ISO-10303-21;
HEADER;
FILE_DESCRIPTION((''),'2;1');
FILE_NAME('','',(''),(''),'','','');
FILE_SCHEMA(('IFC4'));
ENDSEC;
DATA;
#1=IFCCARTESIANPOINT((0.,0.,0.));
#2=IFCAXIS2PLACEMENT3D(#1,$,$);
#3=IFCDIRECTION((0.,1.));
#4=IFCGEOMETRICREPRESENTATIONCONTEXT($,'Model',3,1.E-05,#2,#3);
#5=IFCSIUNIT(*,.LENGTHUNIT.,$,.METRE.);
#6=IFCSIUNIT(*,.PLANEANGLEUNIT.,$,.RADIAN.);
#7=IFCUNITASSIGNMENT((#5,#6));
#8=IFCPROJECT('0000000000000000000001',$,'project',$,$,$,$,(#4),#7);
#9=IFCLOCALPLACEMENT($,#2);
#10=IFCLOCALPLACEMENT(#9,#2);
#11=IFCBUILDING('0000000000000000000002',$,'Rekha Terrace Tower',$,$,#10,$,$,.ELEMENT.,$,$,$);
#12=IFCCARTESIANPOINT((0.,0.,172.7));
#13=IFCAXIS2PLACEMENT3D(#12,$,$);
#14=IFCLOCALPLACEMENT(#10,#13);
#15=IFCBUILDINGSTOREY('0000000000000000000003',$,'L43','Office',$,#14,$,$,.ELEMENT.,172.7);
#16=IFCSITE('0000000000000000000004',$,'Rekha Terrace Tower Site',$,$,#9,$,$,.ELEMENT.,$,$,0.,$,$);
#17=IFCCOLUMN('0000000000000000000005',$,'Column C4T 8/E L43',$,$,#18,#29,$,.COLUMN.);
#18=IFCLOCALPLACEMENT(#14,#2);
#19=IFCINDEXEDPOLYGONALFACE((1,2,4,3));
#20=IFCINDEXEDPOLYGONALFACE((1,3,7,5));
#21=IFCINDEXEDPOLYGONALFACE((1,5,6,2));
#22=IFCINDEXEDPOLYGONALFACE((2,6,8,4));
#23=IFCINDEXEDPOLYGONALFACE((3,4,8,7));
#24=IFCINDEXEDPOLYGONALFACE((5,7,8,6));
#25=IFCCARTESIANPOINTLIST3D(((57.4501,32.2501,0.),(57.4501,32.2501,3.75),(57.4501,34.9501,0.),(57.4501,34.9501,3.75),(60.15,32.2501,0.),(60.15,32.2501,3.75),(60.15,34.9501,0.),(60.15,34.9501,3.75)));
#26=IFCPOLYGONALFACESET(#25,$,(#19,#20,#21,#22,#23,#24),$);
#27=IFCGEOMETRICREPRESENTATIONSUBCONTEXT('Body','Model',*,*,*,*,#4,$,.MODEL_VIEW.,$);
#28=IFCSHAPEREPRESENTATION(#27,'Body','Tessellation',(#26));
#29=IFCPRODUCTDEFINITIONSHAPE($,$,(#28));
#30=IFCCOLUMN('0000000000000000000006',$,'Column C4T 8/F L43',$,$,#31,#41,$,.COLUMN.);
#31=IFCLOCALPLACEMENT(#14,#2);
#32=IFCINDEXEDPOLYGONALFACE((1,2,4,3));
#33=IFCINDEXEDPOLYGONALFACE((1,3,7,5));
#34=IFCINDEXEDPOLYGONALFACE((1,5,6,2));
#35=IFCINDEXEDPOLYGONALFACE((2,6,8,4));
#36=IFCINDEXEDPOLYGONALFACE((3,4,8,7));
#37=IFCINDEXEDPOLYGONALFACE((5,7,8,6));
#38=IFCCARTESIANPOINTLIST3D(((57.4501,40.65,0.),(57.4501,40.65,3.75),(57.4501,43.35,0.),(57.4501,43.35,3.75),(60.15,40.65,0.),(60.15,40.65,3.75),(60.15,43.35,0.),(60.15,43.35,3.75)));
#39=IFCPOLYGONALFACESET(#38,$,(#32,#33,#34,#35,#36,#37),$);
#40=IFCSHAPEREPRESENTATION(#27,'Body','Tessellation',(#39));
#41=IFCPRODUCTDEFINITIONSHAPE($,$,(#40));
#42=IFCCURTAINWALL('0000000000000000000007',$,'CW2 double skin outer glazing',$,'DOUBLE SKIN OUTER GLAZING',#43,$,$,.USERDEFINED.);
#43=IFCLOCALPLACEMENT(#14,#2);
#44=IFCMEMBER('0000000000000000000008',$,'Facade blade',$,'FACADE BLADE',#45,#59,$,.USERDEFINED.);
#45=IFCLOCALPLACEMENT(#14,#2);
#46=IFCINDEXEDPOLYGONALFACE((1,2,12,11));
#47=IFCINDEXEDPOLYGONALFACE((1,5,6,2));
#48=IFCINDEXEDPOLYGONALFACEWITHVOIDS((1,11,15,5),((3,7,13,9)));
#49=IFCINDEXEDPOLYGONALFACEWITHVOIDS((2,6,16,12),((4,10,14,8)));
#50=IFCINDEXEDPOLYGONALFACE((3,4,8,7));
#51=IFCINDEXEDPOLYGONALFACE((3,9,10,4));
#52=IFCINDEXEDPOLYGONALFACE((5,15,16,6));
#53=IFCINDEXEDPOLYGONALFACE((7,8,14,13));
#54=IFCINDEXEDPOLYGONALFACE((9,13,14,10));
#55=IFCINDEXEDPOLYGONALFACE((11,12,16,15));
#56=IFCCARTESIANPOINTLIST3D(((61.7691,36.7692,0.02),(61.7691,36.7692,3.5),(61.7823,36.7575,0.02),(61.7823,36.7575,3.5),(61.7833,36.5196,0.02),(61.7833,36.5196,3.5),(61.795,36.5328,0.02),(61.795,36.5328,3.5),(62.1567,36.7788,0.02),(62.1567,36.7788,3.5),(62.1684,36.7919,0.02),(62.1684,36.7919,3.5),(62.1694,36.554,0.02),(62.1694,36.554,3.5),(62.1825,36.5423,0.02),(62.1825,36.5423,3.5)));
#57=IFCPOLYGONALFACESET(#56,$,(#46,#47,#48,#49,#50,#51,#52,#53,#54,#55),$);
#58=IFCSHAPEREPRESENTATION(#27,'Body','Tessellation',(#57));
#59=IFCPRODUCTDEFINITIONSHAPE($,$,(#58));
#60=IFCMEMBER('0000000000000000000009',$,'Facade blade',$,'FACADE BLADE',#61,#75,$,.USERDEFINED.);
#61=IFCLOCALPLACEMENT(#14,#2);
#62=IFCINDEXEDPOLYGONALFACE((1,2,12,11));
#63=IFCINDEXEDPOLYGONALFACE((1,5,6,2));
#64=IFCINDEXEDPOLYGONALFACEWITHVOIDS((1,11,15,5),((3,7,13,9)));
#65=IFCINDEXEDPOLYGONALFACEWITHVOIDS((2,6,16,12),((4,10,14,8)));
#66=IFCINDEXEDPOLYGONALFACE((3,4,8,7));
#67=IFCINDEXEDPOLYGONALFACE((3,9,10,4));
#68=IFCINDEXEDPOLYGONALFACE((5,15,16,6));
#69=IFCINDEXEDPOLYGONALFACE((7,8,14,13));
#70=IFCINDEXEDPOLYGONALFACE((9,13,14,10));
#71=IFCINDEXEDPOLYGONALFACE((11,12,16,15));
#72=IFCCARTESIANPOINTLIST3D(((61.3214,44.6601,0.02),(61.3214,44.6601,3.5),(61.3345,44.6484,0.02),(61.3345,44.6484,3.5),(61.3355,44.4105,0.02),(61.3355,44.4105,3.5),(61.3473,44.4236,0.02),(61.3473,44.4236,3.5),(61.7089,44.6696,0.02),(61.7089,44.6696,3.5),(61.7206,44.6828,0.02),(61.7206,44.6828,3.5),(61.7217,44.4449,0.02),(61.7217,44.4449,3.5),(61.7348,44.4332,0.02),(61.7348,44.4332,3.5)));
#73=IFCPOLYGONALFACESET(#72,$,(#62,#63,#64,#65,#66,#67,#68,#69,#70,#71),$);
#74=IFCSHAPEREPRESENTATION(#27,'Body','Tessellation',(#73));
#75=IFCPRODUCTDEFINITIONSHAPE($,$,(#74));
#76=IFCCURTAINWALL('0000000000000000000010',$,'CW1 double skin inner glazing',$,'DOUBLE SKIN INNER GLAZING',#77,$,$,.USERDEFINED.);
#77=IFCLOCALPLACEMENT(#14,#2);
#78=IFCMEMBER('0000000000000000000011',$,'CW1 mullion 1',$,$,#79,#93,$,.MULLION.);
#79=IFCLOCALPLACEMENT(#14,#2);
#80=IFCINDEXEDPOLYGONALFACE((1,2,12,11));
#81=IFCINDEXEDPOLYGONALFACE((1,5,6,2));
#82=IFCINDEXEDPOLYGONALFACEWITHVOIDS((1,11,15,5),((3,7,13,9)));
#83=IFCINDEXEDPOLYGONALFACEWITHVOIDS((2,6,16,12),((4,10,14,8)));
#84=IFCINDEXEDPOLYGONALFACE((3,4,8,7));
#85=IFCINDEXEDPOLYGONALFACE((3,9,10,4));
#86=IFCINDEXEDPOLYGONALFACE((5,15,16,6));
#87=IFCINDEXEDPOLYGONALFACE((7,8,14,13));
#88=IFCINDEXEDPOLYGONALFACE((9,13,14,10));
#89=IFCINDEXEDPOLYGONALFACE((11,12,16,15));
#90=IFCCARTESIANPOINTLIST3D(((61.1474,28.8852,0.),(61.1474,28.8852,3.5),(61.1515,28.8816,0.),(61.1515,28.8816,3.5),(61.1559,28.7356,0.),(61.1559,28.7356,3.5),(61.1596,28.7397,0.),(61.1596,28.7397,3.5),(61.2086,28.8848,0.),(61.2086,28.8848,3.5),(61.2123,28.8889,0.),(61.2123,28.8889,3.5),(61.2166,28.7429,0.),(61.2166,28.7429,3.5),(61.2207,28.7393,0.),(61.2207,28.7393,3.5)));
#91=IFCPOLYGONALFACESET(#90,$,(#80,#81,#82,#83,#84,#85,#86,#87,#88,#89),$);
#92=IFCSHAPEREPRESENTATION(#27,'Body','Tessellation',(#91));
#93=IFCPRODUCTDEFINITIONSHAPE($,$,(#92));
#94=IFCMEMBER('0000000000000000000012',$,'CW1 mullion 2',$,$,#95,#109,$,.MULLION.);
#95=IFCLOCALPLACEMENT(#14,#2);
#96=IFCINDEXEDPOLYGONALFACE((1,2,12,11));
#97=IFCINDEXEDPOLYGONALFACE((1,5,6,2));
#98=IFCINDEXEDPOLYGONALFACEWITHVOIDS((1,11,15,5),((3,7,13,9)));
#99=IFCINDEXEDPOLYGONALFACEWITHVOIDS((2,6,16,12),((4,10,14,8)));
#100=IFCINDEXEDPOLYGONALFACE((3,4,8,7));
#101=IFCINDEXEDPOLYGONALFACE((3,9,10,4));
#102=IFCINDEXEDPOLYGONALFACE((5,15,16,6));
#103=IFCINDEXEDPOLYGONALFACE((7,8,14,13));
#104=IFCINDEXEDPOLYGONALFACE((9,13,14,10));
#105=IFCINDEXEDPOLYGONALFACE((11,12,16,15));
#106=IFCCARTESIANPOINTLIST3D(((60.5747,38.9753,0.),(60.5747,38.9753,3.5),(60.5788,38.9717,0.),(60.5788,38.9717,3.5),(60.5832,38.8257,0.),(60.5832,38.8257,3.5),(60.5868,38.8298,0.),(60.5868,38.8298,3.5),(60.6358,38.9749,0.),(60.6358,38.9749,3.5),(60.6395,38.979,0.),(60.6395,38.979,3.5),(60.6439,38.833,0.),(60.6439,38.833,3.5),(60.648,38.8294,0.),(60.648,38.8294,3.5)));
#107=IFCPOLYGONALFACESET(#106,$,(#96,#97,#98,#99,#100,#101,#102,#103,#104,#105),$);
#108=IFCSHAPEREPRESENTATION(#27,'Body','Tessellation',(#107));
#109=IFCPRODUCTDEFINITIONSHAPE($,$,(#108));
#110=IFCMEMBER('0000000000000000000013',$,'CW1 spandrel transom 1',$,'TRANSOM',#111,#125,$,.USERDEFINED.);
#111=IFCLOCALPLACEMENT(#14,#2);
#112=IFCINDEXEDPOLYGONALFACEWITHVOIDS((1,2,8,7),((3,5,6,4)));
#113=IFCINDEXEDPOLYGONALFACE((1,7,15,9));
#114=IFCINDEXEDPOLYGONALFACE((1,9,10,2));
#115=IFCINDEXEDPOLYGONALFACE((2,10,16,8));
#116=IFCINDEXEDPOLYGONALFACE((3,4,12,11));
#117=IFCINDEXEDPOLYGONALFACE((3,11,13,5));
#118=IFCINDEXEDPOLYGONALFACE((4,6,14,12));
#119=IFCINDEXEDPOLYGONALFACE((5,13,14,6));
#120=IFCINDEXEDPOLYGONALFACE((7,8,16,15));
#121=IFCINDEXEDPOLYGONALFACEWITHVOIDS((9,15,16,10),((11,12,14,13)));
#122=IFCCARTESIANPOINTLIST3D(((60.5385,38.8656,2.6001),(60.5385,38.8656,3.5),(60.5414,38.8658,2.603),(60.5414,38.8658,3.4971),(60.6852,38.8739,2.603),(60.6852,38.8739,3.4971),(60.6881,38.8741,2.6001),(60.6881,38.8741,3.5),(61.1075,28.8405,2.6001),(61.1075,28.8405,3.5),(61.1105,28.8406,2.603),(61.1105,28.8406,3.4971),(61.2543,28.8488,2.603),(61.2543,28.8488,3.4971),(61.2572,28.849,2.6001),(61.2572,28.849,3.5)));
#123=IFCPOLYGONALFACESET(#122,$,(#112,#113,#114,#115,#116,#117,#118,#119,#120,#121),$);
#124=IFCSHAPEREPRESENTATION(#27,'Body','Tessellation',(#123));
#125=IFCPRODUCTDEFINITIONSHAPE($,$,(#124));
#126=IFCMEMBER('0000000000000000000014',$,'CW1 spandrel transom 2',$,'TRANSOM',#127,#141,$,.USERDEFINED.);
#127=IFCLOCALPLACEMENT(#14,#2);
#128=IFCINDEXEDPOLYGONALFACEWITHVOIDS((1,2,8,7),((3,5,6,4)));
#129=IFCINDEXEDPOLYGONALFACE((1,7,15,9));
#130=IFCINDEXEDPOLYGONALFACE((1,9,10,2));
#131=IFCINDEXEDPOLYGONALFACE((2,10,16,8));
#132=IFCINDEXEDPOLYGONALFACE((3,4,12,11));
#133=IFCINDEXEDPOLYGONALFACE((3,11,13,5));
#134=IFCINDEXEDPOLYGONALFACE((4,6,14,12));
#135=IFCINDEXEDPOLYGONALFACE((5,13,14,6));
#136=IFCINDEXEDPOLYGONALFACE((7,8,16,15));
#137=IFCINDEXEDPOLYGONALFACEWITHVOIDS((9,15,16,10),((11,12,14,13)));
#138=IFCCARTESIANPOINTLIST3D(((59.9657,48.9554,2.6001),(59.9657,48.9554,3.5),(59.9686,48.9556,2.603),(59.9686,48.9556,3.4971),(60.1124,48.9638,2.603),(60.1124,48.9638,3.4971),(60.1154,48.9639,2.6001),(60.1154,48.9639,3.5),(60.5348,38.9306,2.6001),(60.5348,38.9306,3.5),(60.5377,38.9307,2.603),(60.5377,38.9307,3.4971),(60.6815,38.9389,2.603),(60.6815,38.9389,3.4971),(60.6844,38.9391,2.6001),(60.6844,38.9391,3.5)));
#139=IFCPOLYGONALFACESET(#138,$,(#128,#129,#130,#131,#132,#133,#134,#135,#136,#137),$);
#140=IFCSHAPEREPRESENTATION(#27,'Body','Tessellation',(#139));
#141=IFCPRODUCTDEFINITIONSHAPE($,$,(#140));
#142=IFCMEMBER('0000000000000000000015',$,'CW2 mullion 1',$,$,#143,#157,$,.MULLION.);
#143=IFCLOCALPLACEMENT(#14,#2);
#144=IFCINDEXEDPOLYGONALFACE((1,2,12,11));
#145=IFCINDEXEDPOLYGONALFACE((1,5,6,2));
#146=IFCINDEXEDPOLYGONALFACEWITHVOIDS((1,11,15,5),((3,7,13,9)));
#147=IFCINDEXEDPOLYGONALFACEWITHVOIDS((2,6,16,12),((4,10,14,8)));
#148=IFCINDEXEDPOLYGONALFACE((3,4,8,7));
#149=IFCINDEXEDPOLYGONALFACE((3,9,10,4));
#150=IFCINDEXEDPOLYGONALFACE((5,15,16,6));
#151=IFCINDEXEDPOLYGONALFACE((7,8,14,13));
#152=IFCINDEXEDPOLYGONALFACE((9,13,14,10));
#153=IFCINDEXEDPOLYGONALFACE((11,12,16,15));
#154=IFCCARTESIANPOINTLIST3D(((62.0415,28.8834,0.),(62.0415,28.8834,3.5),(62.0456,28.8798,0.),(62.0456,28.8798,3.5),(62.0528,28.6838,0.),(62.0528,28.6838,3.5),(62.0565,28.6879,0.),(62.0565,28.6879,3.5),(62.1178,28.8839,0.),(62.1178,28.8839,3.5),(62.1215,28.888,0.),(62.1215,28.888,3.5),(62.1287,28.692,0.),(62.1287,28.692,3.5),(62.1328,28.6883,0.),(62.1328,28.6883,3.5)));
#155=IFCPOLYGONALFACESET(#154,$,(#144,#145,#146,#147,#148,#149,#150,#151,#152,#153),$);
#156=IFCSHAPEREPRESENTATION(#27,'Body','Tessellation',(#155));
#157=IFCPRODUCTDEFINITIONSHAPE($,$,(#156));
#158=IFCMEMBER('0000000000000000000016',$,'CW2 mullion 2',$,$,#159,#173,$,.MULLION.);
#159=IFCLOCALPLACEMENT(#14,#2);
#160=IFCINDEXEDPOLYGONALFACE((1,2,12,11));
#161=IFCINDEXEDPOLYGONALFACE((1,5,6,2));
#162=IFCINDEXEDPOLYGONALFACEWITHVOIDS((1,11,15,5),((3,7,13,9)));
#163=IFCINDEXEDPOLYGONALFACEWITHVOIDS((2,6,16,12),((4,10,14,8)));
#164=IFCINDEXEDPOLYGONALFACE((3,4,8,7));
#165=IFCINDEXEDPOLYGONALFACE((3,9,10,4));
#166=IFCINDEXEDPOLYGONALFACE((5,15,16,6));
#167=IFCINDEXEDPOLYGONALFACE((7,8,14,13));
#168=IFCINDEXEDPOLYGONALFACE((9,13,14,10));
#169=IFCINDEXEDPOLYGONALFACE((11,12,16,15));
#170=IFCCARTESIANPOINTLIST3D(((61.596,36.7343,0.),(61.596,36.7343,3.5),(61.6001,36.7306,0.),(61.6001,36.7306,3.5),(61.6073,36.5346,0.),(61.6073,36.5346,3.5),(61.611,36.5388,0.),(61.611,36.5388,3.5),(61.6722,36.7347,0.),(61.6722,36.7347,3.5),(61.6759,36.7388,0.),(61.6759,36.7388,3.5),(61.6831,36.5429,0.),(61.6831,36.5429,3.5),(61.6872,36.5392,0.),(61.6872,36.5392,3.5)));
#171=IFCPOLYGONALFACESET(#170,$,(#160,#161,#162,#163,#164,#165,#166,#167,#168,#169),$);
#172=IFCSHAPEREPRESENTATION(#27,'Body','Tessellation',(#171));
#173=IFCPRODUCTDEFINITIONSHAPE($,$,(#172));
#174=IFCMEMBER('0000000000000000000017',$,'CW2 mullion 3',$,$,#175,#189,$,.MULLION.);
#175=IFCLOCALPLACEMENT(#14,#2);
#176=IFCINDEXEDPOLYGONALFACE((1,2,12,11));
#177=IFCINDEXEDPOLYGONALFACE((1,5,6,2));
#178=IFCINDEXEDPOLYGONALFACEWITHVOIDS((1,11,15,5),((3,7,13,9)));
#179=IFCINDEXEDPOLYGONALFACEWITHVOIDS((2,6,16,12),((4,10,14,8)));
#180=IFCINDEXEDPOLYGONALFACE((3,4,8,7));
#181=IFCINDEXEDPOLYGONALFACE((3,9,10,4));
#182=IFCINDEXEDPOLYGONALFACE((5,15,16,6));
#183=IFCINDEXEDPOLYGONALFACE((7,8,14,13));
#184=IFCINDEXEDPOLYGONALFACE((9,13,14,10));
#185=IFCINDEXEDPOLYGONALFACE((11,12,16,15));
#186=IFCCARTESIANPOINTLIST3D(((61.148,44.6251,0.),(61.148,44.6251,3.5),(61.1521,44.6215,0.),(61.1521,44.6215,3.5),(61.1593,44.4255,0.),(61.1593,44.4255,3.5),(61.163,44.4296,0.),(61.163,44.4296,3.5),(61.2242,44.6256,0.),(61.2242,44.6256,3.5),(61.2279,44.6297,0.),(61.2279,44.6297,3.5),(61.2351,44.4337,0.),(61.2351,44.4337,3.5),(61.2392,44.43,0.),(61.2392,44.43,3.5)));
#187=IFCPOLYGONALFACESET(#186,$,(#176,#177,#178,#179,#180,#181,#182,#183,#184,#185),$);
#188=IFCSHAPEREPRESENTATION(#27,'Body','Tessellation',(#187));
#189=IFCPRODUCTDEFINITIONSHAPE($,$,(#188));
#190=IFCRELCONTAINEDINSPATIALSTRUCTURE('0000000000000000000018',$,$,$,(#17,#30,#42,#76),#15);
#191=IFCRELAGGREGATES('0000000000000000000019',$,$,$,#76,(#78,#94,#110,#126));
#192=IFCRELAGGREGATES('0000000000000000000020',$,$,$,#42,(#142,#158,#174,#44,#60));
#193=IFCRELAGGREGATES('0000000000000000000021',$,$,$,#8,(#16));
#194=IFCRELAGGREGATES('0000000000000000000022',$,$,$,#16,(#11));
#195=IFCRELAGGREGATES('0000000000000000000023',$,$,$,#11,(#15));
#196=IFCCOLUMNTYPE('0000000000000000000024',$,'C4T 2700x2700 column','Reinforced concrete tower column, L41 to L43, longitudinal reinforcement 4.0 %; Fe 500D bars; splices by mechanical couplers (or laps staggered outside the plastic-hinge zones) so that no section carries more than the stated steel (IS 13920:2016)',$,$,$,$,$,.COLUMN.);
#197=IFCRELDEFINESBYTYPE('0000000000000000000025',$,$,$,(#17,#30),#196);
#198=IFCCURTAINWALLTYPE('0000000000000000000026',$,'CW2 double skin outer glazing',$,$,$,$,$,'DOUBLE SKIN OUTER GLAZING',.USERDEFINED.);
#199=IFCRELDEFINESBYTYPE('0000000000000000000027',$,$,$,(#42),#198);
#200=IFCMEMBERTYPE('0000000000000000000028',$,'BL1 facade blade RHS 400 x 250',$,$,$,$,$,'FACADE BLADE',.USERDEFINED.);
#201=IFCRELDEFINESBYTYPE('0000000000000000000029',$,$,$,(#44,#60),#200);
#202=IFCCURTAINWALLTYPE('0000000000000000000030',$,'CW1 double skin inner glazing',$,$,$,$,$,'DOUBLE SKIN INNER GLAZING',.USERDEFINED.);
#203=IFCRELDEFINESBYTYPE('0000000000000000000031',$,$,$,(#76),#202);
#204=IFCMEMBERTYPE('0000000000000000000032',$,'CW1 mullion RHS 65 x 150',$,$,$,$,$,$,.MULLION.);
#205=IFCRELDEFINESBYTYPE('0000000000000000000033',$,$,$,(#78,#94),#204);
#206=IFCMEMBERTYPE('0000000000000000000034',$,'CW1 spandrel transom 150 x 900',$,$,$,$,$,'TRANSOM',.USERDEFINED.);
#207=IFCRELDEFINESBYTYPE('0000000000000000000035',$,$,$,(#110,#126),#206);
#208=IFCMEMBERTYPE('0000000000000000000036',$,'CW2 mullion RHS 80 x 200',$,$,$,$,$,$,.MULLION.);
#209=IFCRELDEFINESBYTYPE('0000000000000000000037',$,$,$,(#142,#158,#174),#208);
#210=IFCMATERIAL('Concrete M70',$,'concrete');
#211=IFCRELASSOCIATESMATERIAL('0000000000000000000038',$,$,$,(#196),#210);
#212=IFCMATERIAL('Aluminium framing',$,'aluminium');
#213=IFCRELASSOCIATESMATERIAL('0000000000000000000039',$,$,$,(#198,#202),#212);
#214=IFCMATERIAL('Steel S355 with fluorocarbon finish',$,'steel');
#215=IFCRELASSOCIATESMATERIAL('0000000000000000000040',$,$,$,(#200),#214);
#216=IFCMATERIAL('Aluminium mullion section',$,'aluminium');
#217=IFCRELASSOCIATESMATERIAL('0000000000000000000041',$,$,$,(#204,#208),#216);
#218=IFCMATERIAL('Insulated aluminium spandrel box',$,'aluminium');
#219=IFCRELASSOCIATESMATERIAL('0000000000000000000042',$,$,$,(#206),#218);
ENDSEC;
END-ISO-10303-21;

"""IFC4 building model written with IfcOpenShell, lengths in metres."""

from ifc_helpers import new_model, si_unit, direction, frame, origin, origin_2d, place, context, subcontext, project, spatial, rectangle, hollow_rectangle, extrude, material, material_profile, profile_set, type_object, element, aggregate, save


model = new_model("IFC4")

# Units and contexts
model_context = context("Model", 3, precision=1e-05, world=origin(), true_north=direction((0.0, 1.0)))
body_context = subcontext(model_context, "Body", "Model", "MODEL_VIEW")
ifc_project = project(units=[si_unit("LENGTHUNIT", "METRE"), si_unit("PLANEANGLEUNIT", "RADIAN")], contexts=[model_context])

# Site, building, storey
site_placement = place(None, origin())
site = spatial("IfcSite", under=ifc_project, at=site_placement, Name="Rekha Terrace Tower Site", CompositionType="ELEMENT", RefElevation=0.0)
building_placement = place(site_placement, origin())
building = spatial("IfcBuilding", under=site, at=building_placement, Name="Rekha Terrace Tower", CompositionType="ELEMENT")
storey_placement = place(building_placement, frame((0.0, 0.0, 172.7)))
storey = spatial("IfcBuildingStorey", under=building, at=storey_placement, Name="L43", Description="Office", CompositionType="ELEMENT", Elevation=172.7)

# Columns
ifc_material_1 = material(Name="Concrete M70", Category="concrete")
ifc_material_profile_1 = material_profile(ifc_material_1, rectangle(XDim=2.7, YDim=2.7, at=origin_2d()), Name="RC 2700x2700")
ifc_profile_set_1 = profile_set([ifc_material_profile_1], Name="Concrete M70")
column_type = type_object("IfcColumnType", Name="C4T 2700x2700 column", Description="Reinforced concrete tower column, L41 to L43, longitudinal reinforcement 4.0 %; Fe 500D bars; splices by mechanical couplers (or laps staggered outside the plastic-hinge zones) so that no section carries more than the stated steel (IS 13920:2016)", PredefinedType="COLUMN", material=ifc_profile_set_1)
for number, where, z_axis, x_axis, name in (
    (1, (58.8, 33.6001, 0.0), (0.0, 0.0, 1.0), (1.0, 0.0, 0.0), "Column C4T 8/E L43"),
    (2, (58.8, 42.0, 0.0), (0.0, 0.0, 1.0), (1.0, 0.0, 0.0), "Column C4T 8/F L43"),
):
    element("IfcColumn", number, at=place(storey_placement, frame(where, z_axis=z_axis, x_axis=x_axis)), inside=storey, type_object=column_type, Name=name, PredefinedType="COLUMN", context=body_context, shape_type="SweptSolid", body=[
        extrude(rectangle(XDim=2.7, YDim=2.7, at=origin_2d()), origin(), (0.0, 0.0, 1.0), 3.75),
    ])

# Curtain walls, members
ifc_material_2 = material(Name="Aluminium framing", Category="aluminium")
curtain_wall_type_1 = type_object("IfcCurtainWallType", Name="CW2 double skin outer glazing", ElementType="DOUBLE SKIN OUTER GLAZING", PredefinedType="USERDEFINED", material=ifc_material_2)
curtain_wall_1_placement = place(storey_placement, origin())
curtain_wall_1 = element("IfcCurtainWall", 3, at=curtain_wall_1_placement, inside=storey, type_object=curtain_wall_type_1, Name="CW2 double skin outer glazing", ObjectType="DOUBLE SKIN OUTER GLAZING", PredefinedType="USERDEFINED")
ifc_material_3 = material(Name="Steel S355 with fluorocarbon finish", Category="steel")
ifc_material_profile_2 = material_profile(ifc_material_3, hollow_rectangle(XDim=0.25, YDim=0.3999, WallThickness=0.0125, at=origin_2d()), Name="RHS400x250x12.5")
ifc_profile_set_2 = profile_set([ifc_material_profile_2], Name="Steel S355 with fluorocarbon finish")
member_type_1 = type_object("IfcMemberType", Name="BL1 facade blade RHS 400 x 250", ElementType="FACADE BLADE", PredefinedType="USERDEFINED", material=ifc_profile_set_2)
member_1_placement = place(storey_placement, frame((61.9758, 36.6558, 0.02), z_axis=(0.0, 0.0, 1.0), x_axis=(-0.056674, 0.998393, 0.0)))
member_1 = element("IfcMember", 4, at=member_1_placement, type_object=member_type_1, Name="Facade blade", ObjectType="FACADE BLADE", PredefinedType="USERDEFINED", context=body_context, shape_type="SweptSolid", body=[
    extrude(hollow_rectangle(XDim=0.25, YDim=0.3999, WallThickness=0.0125, at=origin_2d()), origin(), (0.0, 0.0, 1.0), 3.48),
])
member_2_placement = place(storey_placement, frame((61.5281, 44.5466, 0.02), z_axis=(0.0, 0.0, 1.0), x_axis=(-0.056674, 0.998393, 0.0)))
member_2 = element("IfcMember", 5, at=member_2_placement, type_object=member_type_1, Name="Facade blade", ObjectType="FACADE BLADE", PredefinedType="USERDEFINED", context=body_context, shape_type="SweptSolid", body=[
    extrude(hollow_rectangle(XDim=0.25, YDim=0.3999, WallThickness=0.0125, at=origin_2d()), origin(), (0.0, 0.0, 1.0), 3.48),
])
curtain_wall_type_2 = type_object("IfcCurtainWallType", Name="CW1 double skin inner glazing", ElementType="DOUBLE SKIN INNER GLAZING", PredefinedType="USERDEFINED", material=ifc_material_2)
curtain_wall_2_placement = place(storey_placement, origin())
curtain_wall_2 = element("IfcCurtainWall", 6, at=curtain_wall_2_placement, inside=storey, type_object=curtain_wall_type_2, Name="CW1 double skin inner glazing", ObjectType="DOUBLE SKIN INNER GLAZING", PredefinedType="USERDEFINED")
ifc_material_4 = material(Name="Aluminium mullion section", Category="aluminium")
ifc_material_profile_3 = material_profile(ifc_material_4, hollow_rectangle(XDim=0.0649, YDim=0.1499, WallThickness=0.0039, at=origin_2d()), Name="AL RHS 65x150")
ifc_profile_set_3 = profile_set([ifc_material_profile_3], Name="Aluminium mullion section")
member_type_2 = type_object("IfcMemberType", Name="CW1 mullion RHS 65 x 150", PredefinedType="MULLION", material=ifc_profile_set_3)
member_3_placement = place(storey_placement, frame((61.1841, 28.8123, 0.0), z_axis=(0.0, 0.0, 1.0), x_axis=(-0.998393, -0.056673, 0.0)))
member_3 = element("IfcMember", 7, at=member_3_placement, type_object=member_type_2, Name="CW1 mullion 1", PredefinedType="MULLION", context=body_context, shape_type="SweptSolid", body=[
    extrude(hollow_rectangle(XDim=0.0649, YDim=0.1499, WallThickness=0.0039, at=origin_2d()), origin(), (0.0, 0.0, 1.0), 3.5),
])
member_4_placement = place(storey_placement, frame((60.6113, 38.9023, 0.0), z_axis=(0.0, 0.0, 1.0), x_axis=(-0.998393, -0.056673, 0.0)))
member_4 = element("IfcMember", 8, at=member_4_placement, type_object=member_type_2, Name="CW1 mullion 2", PredefinedType="MULLION", context=body_context, shape_type="SweptSolid", body=[
    extrude(hollow_rectangle(XDim=0.0649, YDim=0.1499, WallThickness=0.0039, at=origin_2d()), origin(), (0.0, 0.0, 1.0), 3.5),
])
ifc_material_5 = material(Name="Insulated aluminium spandrel box", Category="aluminium")
ifc_material_profile_4 = material_profile(ifc_material_5, hollow_rectangle(XDim=0.1499, YDim=0.8999, WallThickness=0.0029, at=origin_2d()), Name="AL SPANDREL BOX 150x900")
ifc_profile_set_4 = profile_set([ifc_material_profile_4], Name="Insulated aluminium spandrel box")
member_type_3 = type_object("IfcMemberType", Name="CW1 spandrel transom 150 x 900", ElementType="TRANSOM", PredefinedType="USERDEFINED", material=ifc_profile_set_4)
member_5_placement = place(storey_placement, frame((61.1824, 28.8447, 3.05), z_axis=(-0.056675, 0.998393, 0.0), x_axis=(-0.998393, -0.056675, 0.0)))
member_5 = element("IfcMember", 9, at=member_5_placement, type_object=member_type_3, Name="CW1 spandrel transom 1", ObjectType="TRANSOM", PredefinedType="USERDEFINED", context=body_context, shape_type="SweptSolid", body=[
    extrude(hollow_rectangle(XDim=0.1499, YDim=0.8999, WallThickness=0.0029, at=origin_2d()), origin(), (0.0, 0.0, 1.0), 10.0413),
])
member_6_placement = place(storey_placement, frame((60.6096, 38.9348, 3.05), z_axis=(-0.056677, 0.998393, 0.0), x_axis=(-0.998393, -0.056677, 0.0)))
member_6 = element("IfcMember", 10, at=member_6_placement, type_object=member_type_3, Name="CW1 spandrel transom 2", ObjectType="TRANSOM", PredefinedType="USERDEFINED", context=body_context, shape_type="SweptSolid", body=[
    extrude(hollow_rectangle(XDim=0.1499, YDim=0.8999, WallThickness=0.0029, at=origin_2d()), origin(), (0.0, 0.0, 1.0), 10.041),
])

# Members
ifc_material_profile_5 = material_profile(ifc_material_4, hollow_rectangle(XDim=0.0801, YDim=0.2, WallThickness=0.0039, at=origin_2d()), Name="AL RHS 80x200")
ifc_profile_set_5 = profile_set([ifc_material_profile_5], Name="Aluminium mullion section")
member_type_4 = type_object("IfcMemberType", Name="CW2 mullion RHS 80 x 200", PredefinedType="MULLION", material=ifc_profile_set_5)
member_7_placement = place(storey_placement, frame((62.0872, 28.7859, 0.0), z_axis=(0.0, 0.0, 1.0), x_axis=(-0.998393, -0.056673, 0.0)))
member_7 = element("IfcMember", 11, at=member_7_placement, type_object=member_type_4, Name="CW2 mullion 1", PredefinedType="MULLION", context=body_context, shape_type="SweptSolid", body=[
    extrude(hollow_rectangle(XDim=0.0801, YDim=0.2, WallThickness=0.0039, at=origin_2d()), origin(), (0.0, 0.0, 1.0), 3.5),
])
member_8_placement = place(storey_placement, frame((61.6416, 36.6367, 0.0), z_axis=(0.0, 0.0, 1.0), x_axis=(-0.998393, -0.056673, 0.0)))
member_8 = element("IfcMember", 12, at=member_8_placement, type_object=member_type_4, Name="CW2 mullion 2", PredefinedType="MULLION", context=body_context, shape_type="SweptSolid", body=[
    extrude(hollow_rectangle(XDim=0.0801, YDim=0.2, WallThickness=0.0039, at=origin_2d()), origin(), (0.0, 0.0, 1.0), 3.5),
])
member_9_placement = place(storey_placement, frame((61.1936, 44.5276, 0.0), z_axis=(0.0, 0.0, 1.0), x_axis=(-0.998393, -0.056673, 0.0)))
member_9 = element("IfcMember", 13, at=member_9_placement, type_object=member_type_4, Name="CW2 mullion 3", PredefinedType="MULLION", context=body_context, shape_type="SweptSolid", body=[
    extrude(hollow_rectangle(XDim=0.0801, YDim=0.2, WallThickness=0.0039, at=origin_2d()), origin(), (0.0, 0.0, 1.0), 3.5),
])

aggregate(curtain_wall_2, [member_3, member_4, member_5, member_6])
aggregate(curtain_wall_1, [member_7, member_8, member_9, member_1, member_2])

save(model, "model.ifc")
